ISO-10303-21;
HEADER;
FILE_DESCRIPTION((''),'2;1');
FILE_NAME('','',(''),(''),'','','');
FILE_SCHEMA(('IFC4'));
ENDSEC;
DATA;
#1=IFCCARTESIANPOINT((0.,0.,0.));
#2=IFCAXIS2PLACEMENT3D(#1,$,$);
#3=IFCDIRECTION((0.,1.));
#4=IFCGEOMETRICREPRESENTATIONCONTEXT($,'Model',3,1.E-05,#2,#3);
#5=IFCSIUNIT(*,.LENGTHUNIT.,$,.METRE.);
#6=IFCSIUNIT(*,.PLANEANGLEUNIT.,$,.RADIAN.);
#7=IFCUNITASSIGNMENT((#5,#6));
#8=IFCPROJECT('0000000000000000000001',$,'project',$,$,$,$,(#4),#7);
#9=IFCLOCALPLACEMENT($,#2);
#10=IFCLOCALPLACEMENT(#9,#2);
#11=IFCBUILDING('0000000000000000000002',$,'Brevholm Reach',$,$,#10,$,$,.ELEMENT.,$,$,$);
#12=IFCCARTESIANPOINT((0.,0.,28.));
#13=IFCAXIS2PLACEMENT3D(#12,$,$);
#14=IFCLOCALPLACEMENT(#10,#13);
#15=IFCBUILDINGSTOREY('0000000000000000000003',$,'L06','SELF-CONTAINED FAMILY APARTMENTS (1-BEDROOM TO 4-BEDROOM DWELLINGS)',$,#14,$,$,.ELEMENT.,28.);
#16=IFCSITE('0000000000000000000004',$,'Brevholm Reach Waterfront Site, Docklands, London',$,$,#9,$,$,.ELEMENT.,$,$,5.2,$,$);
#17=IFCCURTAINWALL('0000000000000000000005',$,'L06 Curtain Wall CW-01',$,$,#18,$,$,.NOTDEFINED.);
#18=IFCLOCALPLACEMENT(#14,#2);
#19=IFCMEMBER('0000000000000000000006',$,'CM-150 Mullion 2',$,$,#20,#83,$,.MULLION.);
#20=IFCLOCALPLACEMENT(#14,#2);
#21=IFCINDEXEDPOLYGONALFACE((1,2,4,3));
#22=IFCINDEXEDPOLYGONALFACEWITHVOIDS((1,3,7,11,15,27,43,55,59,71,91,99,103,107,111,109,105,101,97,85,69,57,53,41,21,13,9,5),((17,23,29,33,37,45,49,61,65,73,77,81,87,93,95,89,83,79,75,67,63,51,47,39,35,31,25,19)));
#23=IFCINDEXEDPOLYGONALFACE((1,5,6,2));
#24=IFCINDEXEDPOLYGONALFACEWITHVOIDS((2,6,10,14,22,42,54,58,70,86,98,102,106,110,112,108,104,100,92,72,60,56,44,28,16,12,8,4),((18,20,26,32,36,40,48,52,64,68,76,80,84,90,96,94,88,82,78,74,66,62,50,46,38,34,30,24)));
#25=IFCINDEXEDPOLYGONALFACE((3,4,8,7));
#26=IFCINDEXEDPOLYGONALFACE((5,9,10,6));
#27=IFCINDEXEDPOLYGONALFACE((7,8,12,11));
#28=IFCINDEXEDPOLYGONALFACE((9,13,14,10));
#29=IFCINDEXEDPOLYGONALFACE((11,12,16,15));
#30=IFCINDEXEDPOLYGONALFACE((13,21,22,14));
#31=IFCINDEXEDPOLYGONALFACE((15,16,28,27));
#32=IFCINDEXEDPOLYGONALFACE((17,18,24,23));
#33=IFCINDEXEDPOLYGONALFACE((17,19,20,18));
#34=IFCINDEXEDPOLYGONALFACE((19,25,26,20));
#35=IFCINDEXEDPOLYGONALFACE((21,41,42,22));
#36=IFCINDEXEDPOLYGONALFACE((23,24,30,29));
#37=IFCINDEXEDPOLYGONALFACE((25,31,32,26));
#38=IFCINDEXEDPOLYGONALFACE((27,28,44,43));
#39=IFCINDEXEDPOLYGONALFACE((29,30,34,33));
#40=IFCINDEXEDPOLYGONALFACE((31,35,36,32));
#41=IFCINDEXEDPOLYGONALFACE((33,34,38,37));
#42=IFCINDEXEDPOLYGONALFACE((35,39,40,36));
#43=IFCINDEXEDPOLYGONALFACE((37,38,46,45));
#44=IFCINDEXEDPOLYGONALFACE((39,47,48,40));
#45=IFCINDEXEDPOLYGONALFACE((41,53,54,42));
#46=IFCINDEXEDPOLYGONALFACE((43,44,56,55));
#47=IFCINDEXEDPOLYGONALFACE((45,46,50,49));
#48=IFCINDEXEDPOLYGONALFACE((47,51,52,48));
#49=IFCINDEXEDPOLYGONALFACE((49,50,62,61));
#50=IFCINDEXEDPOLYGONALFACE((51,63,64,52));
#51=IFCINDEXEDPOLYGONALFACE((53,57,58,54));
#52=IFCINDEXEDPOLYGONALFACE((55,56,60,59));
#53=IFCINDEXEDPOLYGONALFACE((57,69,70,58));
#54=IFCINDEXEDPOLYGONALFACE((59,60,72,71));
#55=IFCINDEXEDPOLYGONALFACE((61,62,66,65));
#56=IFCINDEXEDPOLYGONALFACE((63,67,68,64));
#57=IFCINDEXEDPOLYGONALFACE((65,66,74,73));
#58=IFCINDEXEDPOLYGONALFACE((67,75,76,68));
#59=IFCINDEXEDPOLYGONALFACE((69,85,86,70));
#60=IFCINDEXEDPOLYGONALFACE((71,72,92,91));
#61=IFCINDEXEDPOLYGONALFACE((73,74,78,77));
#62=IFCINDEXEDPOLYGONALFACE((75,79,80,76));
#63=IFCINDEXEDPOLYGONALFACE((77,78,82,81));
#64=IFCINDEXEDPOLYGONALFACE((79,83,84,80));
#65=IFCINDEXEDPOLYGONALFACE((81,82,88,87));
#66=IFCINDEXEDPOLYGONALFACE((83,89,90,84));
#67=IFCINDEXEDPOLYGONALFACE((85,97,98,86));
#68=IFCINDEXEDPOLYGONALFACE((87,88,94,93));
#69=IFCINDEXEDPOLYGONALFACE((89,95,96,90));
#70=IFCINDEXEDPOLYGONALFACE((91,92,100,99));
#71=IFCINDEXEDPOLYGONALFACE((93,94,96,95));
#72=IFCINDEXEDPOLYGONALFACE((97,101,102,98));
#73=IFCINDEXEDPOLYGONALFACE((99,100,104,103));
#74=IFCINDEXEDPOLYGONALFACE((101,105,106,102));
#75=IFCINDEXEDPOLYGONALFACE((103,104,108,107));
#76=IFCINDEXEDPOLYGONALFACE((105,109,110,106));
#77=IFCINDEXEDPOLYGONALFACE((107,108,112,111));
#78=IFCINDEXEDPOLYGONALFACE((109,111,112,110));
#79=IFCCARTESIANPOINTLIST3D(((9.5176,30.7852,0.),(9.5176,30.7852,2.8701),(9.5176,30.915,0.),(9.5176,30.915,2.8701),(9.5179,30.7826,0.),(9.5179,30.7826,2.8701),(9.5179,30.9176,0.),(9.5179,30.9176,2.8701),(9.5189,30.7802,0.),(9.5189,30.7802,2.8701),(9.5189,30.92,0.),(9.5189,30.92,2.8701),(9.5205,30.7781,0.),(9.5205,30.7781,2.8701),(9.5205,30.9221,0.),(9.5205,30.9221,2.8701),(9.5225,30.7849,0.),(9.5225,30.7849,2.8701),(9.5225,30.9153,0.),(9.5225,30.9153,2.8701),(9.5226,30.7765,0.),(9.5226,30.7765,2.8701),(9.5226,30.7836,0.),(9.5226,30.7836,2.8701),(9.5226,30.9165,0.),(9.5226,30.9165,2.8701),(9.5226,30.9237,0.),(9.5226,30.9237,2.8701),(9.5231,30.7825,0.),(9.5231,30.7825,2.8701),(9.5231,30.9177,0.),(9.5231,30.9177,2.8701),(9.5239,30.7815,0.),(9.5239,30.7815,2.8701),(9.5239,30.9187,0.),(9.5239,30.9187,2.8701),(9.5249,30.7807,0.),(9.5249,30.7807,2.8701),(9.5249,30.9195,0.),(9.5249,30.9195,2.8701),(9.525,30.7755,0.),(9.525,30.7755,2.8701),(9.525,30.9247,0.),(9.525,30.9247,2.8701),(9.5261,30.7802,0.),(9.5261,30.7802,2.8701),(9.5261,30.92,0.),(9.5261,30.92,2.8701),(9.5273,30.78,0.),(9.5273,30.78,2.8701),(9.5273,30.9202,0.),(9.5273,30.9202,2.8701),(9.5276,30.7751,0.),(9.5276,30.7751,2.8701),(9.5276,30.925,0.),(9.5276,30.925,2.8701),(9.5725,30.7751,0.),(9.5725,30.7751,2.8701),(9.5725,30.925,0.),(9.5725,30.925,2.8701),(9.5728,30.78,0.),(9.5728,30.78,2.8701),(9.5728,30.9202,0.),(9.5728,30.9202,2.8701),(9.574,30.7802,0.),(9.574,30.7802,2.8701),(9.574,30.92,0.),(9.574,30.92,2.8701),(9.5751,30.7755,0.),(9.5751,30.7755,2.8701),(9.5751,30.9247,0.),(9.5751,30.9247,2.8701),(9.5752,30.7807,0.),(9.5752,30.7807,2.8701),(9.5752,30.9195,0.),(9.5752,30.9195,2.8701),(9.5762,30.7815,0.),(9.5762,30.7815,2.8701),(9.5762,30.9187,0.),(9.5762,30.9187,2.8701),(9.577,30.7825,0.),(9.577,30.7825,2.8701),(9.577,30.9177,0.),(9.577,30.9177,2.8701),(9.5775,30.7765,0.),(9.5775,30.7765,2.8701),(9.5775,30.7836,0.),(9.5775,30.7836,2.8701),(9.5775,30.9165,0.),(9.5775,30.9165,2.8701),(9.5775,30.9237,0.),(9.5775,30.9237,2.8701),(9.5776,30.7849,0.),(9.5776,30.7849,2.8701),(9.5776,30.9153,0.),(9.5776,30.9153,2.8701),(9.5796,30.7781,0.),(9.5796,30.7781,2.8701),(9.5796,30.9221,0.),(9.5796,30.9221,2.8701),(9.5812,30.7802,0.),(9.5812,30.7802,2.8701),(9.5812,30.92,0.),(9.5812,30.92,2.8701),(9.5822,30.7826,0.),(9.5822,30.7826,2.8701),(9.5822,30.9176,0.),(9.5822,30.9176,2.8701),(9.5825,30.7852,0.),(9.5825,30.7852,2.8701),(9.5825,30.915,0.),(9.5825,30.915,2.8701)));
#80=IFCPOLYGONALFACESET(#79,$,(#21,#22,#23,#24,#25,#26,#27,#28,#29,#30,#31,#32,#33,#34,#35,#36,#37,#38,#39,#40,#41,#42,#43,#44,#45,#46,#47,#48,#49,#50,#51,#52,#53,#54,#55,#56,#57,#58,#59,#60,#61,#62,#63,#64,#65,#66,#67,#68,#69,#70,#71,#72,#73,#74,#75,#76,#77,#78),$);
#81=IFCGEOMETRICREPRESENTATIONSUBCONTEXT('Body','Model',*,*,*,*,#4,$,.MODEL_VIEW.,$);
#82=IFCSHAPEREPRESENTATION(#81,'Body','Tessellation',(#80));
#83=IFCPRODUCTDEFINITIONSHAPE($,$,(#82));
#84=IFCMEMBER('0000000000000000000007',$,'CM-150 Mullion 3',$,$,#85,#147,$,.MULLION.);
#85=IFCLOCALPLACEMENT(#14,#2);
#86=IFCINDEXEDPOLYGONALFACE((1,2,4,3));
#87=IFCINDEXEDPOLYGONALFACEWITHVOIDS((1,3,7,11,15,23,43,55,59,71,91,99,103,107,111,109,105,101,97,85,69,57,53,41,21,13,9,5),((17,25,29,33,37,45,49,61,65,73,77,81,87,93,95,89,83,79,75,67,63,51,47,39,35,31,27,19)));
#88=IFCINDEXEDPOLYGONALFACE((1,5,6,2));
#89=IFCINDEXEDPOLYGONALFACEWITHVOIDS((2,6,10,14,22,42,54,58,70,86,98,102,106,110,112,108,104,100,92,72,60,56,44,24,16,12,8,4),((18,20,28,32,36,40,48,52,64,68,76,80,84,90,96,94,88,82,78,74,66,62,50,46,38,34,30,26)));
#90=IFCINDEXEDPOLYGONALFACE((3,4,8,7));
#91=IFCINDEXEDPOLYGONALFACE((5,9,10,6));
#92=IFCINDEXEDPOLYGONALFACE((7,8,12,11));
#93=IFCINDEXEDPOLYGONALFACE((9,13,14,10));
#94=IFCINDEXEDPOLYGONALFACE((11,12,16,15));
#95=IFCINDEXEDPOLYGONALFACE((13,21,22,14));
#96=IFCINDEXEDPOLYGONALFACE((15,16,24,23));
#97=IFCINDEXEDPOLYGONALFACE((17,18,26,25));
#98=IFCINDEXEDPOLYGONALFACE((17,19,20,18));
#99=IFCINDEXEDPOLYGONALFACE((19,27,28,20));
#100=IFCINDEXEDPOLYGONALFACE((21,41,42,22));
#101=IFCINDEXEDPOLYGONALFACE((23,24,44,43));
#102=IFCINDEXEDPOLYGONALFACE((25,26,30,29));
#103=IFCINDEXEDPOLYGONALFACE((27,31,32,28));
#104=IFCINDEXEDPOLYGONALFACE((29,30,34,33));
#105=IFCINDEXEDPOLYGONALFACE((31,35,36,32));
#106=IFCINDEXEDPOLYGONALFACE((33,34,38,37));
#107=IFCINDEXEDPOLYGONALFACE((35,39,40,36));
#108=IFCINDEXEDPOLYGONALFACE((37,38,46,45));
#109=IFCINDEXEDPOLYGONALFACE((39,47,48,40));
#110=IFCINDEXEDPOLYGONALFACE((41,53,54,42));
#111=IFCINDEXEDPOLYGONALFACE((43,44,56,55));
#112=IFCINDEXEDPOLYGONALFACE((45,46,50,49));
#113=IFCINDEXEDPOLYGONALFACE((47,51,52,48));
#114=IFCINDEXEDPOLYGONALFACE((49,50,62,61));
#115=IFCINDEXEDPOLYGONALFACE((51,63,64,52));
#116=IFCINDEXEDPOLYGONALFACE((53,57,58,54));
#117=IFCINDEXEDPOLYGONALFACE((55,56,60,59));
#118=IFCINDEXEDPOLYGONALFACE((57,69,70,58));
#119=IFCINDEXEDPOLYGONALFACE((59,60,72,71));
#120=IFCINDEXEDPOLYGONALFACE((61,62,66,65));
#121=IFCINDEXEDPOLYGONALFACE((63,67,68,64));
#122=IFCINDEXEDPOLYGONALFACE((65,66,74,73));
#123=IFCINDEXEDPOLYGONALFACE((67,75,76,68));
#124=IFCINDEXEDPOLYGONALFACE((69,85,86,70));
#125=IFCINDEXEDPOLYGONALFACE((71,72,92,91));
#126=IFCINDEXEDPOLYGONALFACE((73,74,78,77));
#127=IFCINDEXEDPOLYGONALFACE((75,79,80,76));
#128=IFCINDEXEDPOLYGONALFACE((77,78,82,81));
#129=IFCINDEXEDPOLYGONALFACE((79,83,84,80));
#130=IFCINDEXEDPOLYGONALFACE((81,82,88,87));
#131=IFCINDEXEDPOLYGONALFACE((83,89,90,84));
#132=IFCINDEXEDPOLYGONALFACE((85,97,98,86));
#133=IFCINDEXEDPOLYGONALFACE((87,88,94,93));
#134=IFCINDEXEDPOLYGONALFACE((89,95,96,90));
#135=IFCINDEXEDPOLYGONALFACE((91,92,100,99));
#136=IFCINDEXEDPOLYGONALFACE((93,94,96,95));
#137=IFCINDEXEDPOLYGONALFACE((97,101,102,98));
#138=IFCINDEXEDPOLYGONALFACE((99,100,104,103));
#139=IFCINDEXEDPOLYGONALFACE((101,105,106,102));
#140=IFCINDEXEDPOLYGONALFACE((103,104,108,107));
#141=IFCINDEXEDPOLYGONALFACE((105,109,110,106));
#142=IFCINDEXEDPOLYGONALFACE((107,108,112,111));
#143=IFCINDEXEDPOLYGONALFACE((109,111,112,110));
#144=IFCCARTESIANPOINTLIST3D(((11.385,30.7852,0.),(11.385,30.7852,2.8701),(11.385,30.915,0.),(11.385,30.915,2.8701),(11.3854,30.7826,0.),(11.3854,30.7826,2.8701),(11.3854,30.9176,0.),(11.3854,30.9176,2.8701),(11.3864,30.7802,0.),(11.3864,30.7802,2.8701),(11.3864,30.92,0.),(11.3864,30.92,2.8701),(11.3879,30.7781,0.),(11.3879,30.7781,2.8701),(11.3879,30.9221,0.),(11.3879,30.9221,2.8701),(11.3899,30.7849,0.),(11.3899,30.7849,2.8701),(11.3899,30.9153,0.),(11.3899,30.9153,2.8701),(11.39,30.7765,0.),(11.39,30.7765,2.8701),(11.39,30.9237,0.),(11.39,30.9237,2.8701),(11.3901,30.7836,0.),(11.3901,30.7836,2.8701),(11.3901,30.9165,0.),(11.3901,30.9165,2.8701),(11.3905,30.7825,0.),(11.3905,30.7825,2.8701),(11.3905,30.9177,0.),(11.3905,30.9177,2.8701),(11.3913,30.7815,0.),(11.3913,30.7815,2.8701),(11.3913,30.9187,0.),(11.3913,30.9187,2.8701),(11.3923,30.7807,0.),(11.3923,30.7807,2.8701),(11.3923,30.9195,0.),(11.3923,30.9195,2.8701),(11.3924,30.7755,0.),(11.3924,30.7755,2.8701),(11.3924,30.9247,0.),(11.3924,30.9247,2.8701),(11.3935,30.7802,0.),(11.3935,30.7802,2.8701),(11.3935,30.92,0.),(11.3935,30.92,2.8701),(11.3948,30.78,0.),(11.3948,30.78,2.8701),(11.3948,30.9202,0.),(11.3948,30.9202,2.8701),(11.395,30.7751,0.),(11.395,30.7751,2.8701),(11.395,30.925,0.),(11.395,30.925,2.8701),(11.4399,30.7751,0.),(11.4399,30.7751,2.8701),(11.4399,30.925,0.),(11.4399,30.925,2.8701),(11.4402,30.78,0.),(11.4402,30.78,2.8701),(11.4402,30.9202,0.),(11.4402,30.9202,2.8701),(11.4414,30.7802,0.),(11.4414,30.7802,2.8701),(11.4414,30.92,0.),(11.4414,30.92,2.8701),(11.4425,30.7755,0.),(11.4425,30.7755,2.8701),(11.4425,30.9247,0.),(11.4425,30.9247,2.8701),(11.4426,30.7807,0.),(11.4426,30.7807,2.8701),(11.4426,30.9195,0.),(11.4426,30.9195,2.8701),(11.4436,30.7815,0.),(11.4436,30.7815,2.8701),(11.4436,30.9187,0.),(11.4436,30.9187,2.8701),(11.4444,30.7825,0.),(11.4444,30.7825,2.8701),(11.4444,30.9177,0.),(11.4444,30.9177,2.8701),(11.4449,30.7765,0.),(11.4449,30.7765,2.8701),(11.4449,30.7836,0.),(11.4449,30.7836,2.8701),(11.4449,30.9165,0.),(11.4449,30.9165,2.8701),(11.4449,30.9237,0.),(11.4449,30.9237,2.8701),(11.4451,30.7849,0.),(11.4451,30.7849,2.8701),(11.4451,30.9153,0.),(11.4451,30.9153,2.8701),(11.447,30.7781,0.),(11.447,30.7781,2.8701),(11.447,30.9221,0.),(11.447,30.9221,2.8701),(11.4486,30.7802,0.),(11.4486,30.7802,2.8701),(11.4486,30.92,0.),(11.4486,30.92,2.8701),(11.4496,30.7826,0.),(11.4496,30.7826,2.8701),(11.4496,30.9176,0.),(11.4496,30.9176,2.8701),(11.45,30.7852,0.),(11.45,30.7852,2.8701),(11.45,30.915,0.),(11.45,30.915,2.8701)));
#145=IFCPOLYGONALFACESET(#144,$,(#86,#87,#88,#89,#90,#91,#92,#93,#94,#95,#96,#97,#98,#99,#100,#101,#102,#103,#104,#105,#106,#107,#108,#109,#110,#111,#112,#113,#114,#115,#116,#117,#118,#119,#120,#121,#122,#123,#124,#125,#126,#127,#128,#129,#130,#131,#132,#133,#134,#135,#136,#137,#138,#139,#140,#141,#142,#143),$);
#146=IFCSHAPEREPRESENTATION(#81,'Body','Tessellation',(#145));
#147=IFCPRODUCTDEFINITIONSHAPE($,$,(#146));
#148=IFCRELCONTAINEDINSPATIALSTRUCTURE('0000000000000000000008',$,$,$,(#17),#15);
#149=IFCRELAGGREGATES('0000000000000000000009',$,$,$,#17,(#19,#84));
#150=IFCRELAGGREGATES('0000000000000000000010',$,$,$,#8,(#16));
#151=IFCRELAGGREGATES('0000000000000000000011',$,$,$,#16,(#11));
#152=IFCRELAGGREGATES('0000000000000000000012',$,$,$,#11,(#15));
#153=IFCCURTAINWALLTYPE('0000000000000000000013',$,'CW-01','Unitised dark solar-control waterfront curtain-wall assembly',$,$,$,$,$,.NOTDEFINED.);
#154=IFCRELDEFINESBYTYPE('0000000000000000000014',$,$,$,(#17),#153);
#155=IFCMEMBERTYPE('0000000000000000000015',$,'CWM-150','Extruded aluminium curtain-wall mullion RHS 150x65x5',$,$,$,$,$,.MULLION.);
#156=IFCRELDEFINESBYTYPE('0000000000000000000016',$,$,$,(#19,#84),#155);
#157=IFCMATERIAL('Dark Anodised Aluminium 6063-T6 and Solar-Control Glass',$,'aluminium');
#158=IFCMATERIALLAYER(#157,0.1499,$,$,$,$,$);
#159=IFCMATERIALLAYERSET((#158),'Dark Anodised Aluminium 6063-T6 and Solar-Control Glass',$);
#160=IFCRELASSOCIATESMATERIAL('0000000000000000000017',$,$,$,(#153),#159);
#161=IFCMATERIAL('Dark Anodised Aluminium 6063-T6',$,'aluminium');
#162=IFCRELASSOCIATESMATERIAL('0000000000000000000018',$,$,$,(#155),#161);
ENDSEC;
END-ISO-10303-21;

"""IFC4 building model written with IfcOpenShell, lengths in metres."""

from ifc_helpers import new_model, si_unit, direction, frame, origin, origin_2d, place, context, subcontext, project, spatial, hollow_rectangle, extrude, material, layer, layer_set, material_profile, profile_set, type_object, element, aggregate, save


model = new_model("IFC4")

# Units and contexts
model_context = context("Model", 3, precision=1e-05, world=origin(), true_north=direction((0.0, 1.0)))
body_context = subcontext(model_context, "Body", "Model", "MODEL_VIEW")
ifc_project = project(units=[si_unit("LENGTHUNIT", "METRE"), si_unit("PLANEANGLEUNIT", "RADIAN")], contexts=[model_context])

# Site, building, storey
site_placement = place(None, origin())
site = spatial("IfcSite", under=ifc_project, at=site_placement, Name="Brevholm Reach Waterfront Site, Docklands, London", CompositionType="ELEMENT", RefElevation=5.2)
building_placement = place(site_placement, origin())
building = spatial("IfcBuilding", under=site, at=building_placement, Name="Brevholm Reach", CompositionType="ELEMENT")
storey_placement = place(building_placement, frame((0.0, 0.0, 28.0)))
storey = spatial("IfcBuildingStorey", under=building, at=storey_placement, Name="L06", Description="SELF-CONTAINED FAMILY APARTMENTS (1-BEDROOM TO 4-BEDROOM DWELLINGS)", CompositionType="ELEMENT", Elevation=28.0)

# Curtain wall, members
ifc_material_1 = material(Name="Dark Anodised Aluminium 6063-T6 and Solar-Control Glass", Category="aluminium")
ifc_layer_1 = layer(ifc_material_1, 0.1499)
ifc_layer_set_1 = layer_set([ifc_layer_1], Name="Dark Anodised Aluminium 6063-T6 and Solar-Control Glass")
curtain_wall_type_1 = type_object("IfcCurtainWallType", Name="CW-01", Description="Unitised dark solar-control waterfront curtain-wall assembly", PredefinedType="NOTDEFINED", material=ifc_layer_set_1)
curtain_wall_1_placement = place(storey_placement, origin())
curtain_wall_1 = element("IfcCurtainWall", 1, at=curtain_wall_1_placement, inside=storey, type_object=curtain_wall_type_1, Name="L06 Curtain Wall CW-01", PredefinedType="NOTDEFINED")
ifc_material_2 = material(Name="Dark Anodised Aluminium 6063-T6", Category="aluminium")
ifc_material_profile_1 = material_profile(ifc_material_2, hollow_rectangle(XDim=0.0649, YDim=0.1499, WallThickness=0.0049, InnerFilletRadius=0.0049, OuterFilletRadius=0.01, at=origin_2d()), Name="RHS 150x65x5")
ifc_profile_set_1 = profile_set([ifc_material_profile_1], Name="Dark Anodised Aluminium 6063-T6")
member_type_1 = type_object("IfcMemberType", Name="CWM-150", Description="Extruded aluminium curtain-wall mullion RHS 150x65x5", PredefinedType="MULLION", material=ifc_profile_set_1)
member_1_placement = place(storey_placement, frame((9.55, 30.8501, 0.0), z_axis=(0.0, 0.0, 1.0), x_axis=(1.0, 0.0, 0.0)))
member_1 = element("IfcMember", 2, at=member_1_placement, type_object=member_type_1, Name="CM-150 Mullion 2", PredefinedType="MULLION", context=body_context, shape_type="SweptSolid", body=[
    extrude(hollow_rectangle(XDim=0.0649, YDim=0.1499, WallThickness=0.0049, InnerFilletRadius=0.0049, OuterFilletRadius=0.01, at=origin_2d()), origin(), (0.0, 0.0, 1.0), 2.8701),
])
member_2_placement = place(storey_placement, frame((11.4175, 30.8501, 0.0), z_axis=(0.0, 0.0, 1.0), x_axis=(1.0, 0.0, 0.0)))
member_2 = element("IfcMember", 3, at=member_2_placement, type_object=member_type_1, Name="CM-150 Mullion 3", PredefinedType="MULLION", context=body_context, shape_type="SweptSolid", body=[
    extrude(hollow_rectangle(XDim=0.0649, YDim=0.1499, WallThickness=0.0049, InnerFilletRadius=0.0049, OuterFilletRadius=0.01, at=origin_2d()), origin(), (0.0, 0.0, 1.0), 2.8701),
])

aggregate(curtain_wall_1, [member_1, member_2])

save(model, "model.ifc")
